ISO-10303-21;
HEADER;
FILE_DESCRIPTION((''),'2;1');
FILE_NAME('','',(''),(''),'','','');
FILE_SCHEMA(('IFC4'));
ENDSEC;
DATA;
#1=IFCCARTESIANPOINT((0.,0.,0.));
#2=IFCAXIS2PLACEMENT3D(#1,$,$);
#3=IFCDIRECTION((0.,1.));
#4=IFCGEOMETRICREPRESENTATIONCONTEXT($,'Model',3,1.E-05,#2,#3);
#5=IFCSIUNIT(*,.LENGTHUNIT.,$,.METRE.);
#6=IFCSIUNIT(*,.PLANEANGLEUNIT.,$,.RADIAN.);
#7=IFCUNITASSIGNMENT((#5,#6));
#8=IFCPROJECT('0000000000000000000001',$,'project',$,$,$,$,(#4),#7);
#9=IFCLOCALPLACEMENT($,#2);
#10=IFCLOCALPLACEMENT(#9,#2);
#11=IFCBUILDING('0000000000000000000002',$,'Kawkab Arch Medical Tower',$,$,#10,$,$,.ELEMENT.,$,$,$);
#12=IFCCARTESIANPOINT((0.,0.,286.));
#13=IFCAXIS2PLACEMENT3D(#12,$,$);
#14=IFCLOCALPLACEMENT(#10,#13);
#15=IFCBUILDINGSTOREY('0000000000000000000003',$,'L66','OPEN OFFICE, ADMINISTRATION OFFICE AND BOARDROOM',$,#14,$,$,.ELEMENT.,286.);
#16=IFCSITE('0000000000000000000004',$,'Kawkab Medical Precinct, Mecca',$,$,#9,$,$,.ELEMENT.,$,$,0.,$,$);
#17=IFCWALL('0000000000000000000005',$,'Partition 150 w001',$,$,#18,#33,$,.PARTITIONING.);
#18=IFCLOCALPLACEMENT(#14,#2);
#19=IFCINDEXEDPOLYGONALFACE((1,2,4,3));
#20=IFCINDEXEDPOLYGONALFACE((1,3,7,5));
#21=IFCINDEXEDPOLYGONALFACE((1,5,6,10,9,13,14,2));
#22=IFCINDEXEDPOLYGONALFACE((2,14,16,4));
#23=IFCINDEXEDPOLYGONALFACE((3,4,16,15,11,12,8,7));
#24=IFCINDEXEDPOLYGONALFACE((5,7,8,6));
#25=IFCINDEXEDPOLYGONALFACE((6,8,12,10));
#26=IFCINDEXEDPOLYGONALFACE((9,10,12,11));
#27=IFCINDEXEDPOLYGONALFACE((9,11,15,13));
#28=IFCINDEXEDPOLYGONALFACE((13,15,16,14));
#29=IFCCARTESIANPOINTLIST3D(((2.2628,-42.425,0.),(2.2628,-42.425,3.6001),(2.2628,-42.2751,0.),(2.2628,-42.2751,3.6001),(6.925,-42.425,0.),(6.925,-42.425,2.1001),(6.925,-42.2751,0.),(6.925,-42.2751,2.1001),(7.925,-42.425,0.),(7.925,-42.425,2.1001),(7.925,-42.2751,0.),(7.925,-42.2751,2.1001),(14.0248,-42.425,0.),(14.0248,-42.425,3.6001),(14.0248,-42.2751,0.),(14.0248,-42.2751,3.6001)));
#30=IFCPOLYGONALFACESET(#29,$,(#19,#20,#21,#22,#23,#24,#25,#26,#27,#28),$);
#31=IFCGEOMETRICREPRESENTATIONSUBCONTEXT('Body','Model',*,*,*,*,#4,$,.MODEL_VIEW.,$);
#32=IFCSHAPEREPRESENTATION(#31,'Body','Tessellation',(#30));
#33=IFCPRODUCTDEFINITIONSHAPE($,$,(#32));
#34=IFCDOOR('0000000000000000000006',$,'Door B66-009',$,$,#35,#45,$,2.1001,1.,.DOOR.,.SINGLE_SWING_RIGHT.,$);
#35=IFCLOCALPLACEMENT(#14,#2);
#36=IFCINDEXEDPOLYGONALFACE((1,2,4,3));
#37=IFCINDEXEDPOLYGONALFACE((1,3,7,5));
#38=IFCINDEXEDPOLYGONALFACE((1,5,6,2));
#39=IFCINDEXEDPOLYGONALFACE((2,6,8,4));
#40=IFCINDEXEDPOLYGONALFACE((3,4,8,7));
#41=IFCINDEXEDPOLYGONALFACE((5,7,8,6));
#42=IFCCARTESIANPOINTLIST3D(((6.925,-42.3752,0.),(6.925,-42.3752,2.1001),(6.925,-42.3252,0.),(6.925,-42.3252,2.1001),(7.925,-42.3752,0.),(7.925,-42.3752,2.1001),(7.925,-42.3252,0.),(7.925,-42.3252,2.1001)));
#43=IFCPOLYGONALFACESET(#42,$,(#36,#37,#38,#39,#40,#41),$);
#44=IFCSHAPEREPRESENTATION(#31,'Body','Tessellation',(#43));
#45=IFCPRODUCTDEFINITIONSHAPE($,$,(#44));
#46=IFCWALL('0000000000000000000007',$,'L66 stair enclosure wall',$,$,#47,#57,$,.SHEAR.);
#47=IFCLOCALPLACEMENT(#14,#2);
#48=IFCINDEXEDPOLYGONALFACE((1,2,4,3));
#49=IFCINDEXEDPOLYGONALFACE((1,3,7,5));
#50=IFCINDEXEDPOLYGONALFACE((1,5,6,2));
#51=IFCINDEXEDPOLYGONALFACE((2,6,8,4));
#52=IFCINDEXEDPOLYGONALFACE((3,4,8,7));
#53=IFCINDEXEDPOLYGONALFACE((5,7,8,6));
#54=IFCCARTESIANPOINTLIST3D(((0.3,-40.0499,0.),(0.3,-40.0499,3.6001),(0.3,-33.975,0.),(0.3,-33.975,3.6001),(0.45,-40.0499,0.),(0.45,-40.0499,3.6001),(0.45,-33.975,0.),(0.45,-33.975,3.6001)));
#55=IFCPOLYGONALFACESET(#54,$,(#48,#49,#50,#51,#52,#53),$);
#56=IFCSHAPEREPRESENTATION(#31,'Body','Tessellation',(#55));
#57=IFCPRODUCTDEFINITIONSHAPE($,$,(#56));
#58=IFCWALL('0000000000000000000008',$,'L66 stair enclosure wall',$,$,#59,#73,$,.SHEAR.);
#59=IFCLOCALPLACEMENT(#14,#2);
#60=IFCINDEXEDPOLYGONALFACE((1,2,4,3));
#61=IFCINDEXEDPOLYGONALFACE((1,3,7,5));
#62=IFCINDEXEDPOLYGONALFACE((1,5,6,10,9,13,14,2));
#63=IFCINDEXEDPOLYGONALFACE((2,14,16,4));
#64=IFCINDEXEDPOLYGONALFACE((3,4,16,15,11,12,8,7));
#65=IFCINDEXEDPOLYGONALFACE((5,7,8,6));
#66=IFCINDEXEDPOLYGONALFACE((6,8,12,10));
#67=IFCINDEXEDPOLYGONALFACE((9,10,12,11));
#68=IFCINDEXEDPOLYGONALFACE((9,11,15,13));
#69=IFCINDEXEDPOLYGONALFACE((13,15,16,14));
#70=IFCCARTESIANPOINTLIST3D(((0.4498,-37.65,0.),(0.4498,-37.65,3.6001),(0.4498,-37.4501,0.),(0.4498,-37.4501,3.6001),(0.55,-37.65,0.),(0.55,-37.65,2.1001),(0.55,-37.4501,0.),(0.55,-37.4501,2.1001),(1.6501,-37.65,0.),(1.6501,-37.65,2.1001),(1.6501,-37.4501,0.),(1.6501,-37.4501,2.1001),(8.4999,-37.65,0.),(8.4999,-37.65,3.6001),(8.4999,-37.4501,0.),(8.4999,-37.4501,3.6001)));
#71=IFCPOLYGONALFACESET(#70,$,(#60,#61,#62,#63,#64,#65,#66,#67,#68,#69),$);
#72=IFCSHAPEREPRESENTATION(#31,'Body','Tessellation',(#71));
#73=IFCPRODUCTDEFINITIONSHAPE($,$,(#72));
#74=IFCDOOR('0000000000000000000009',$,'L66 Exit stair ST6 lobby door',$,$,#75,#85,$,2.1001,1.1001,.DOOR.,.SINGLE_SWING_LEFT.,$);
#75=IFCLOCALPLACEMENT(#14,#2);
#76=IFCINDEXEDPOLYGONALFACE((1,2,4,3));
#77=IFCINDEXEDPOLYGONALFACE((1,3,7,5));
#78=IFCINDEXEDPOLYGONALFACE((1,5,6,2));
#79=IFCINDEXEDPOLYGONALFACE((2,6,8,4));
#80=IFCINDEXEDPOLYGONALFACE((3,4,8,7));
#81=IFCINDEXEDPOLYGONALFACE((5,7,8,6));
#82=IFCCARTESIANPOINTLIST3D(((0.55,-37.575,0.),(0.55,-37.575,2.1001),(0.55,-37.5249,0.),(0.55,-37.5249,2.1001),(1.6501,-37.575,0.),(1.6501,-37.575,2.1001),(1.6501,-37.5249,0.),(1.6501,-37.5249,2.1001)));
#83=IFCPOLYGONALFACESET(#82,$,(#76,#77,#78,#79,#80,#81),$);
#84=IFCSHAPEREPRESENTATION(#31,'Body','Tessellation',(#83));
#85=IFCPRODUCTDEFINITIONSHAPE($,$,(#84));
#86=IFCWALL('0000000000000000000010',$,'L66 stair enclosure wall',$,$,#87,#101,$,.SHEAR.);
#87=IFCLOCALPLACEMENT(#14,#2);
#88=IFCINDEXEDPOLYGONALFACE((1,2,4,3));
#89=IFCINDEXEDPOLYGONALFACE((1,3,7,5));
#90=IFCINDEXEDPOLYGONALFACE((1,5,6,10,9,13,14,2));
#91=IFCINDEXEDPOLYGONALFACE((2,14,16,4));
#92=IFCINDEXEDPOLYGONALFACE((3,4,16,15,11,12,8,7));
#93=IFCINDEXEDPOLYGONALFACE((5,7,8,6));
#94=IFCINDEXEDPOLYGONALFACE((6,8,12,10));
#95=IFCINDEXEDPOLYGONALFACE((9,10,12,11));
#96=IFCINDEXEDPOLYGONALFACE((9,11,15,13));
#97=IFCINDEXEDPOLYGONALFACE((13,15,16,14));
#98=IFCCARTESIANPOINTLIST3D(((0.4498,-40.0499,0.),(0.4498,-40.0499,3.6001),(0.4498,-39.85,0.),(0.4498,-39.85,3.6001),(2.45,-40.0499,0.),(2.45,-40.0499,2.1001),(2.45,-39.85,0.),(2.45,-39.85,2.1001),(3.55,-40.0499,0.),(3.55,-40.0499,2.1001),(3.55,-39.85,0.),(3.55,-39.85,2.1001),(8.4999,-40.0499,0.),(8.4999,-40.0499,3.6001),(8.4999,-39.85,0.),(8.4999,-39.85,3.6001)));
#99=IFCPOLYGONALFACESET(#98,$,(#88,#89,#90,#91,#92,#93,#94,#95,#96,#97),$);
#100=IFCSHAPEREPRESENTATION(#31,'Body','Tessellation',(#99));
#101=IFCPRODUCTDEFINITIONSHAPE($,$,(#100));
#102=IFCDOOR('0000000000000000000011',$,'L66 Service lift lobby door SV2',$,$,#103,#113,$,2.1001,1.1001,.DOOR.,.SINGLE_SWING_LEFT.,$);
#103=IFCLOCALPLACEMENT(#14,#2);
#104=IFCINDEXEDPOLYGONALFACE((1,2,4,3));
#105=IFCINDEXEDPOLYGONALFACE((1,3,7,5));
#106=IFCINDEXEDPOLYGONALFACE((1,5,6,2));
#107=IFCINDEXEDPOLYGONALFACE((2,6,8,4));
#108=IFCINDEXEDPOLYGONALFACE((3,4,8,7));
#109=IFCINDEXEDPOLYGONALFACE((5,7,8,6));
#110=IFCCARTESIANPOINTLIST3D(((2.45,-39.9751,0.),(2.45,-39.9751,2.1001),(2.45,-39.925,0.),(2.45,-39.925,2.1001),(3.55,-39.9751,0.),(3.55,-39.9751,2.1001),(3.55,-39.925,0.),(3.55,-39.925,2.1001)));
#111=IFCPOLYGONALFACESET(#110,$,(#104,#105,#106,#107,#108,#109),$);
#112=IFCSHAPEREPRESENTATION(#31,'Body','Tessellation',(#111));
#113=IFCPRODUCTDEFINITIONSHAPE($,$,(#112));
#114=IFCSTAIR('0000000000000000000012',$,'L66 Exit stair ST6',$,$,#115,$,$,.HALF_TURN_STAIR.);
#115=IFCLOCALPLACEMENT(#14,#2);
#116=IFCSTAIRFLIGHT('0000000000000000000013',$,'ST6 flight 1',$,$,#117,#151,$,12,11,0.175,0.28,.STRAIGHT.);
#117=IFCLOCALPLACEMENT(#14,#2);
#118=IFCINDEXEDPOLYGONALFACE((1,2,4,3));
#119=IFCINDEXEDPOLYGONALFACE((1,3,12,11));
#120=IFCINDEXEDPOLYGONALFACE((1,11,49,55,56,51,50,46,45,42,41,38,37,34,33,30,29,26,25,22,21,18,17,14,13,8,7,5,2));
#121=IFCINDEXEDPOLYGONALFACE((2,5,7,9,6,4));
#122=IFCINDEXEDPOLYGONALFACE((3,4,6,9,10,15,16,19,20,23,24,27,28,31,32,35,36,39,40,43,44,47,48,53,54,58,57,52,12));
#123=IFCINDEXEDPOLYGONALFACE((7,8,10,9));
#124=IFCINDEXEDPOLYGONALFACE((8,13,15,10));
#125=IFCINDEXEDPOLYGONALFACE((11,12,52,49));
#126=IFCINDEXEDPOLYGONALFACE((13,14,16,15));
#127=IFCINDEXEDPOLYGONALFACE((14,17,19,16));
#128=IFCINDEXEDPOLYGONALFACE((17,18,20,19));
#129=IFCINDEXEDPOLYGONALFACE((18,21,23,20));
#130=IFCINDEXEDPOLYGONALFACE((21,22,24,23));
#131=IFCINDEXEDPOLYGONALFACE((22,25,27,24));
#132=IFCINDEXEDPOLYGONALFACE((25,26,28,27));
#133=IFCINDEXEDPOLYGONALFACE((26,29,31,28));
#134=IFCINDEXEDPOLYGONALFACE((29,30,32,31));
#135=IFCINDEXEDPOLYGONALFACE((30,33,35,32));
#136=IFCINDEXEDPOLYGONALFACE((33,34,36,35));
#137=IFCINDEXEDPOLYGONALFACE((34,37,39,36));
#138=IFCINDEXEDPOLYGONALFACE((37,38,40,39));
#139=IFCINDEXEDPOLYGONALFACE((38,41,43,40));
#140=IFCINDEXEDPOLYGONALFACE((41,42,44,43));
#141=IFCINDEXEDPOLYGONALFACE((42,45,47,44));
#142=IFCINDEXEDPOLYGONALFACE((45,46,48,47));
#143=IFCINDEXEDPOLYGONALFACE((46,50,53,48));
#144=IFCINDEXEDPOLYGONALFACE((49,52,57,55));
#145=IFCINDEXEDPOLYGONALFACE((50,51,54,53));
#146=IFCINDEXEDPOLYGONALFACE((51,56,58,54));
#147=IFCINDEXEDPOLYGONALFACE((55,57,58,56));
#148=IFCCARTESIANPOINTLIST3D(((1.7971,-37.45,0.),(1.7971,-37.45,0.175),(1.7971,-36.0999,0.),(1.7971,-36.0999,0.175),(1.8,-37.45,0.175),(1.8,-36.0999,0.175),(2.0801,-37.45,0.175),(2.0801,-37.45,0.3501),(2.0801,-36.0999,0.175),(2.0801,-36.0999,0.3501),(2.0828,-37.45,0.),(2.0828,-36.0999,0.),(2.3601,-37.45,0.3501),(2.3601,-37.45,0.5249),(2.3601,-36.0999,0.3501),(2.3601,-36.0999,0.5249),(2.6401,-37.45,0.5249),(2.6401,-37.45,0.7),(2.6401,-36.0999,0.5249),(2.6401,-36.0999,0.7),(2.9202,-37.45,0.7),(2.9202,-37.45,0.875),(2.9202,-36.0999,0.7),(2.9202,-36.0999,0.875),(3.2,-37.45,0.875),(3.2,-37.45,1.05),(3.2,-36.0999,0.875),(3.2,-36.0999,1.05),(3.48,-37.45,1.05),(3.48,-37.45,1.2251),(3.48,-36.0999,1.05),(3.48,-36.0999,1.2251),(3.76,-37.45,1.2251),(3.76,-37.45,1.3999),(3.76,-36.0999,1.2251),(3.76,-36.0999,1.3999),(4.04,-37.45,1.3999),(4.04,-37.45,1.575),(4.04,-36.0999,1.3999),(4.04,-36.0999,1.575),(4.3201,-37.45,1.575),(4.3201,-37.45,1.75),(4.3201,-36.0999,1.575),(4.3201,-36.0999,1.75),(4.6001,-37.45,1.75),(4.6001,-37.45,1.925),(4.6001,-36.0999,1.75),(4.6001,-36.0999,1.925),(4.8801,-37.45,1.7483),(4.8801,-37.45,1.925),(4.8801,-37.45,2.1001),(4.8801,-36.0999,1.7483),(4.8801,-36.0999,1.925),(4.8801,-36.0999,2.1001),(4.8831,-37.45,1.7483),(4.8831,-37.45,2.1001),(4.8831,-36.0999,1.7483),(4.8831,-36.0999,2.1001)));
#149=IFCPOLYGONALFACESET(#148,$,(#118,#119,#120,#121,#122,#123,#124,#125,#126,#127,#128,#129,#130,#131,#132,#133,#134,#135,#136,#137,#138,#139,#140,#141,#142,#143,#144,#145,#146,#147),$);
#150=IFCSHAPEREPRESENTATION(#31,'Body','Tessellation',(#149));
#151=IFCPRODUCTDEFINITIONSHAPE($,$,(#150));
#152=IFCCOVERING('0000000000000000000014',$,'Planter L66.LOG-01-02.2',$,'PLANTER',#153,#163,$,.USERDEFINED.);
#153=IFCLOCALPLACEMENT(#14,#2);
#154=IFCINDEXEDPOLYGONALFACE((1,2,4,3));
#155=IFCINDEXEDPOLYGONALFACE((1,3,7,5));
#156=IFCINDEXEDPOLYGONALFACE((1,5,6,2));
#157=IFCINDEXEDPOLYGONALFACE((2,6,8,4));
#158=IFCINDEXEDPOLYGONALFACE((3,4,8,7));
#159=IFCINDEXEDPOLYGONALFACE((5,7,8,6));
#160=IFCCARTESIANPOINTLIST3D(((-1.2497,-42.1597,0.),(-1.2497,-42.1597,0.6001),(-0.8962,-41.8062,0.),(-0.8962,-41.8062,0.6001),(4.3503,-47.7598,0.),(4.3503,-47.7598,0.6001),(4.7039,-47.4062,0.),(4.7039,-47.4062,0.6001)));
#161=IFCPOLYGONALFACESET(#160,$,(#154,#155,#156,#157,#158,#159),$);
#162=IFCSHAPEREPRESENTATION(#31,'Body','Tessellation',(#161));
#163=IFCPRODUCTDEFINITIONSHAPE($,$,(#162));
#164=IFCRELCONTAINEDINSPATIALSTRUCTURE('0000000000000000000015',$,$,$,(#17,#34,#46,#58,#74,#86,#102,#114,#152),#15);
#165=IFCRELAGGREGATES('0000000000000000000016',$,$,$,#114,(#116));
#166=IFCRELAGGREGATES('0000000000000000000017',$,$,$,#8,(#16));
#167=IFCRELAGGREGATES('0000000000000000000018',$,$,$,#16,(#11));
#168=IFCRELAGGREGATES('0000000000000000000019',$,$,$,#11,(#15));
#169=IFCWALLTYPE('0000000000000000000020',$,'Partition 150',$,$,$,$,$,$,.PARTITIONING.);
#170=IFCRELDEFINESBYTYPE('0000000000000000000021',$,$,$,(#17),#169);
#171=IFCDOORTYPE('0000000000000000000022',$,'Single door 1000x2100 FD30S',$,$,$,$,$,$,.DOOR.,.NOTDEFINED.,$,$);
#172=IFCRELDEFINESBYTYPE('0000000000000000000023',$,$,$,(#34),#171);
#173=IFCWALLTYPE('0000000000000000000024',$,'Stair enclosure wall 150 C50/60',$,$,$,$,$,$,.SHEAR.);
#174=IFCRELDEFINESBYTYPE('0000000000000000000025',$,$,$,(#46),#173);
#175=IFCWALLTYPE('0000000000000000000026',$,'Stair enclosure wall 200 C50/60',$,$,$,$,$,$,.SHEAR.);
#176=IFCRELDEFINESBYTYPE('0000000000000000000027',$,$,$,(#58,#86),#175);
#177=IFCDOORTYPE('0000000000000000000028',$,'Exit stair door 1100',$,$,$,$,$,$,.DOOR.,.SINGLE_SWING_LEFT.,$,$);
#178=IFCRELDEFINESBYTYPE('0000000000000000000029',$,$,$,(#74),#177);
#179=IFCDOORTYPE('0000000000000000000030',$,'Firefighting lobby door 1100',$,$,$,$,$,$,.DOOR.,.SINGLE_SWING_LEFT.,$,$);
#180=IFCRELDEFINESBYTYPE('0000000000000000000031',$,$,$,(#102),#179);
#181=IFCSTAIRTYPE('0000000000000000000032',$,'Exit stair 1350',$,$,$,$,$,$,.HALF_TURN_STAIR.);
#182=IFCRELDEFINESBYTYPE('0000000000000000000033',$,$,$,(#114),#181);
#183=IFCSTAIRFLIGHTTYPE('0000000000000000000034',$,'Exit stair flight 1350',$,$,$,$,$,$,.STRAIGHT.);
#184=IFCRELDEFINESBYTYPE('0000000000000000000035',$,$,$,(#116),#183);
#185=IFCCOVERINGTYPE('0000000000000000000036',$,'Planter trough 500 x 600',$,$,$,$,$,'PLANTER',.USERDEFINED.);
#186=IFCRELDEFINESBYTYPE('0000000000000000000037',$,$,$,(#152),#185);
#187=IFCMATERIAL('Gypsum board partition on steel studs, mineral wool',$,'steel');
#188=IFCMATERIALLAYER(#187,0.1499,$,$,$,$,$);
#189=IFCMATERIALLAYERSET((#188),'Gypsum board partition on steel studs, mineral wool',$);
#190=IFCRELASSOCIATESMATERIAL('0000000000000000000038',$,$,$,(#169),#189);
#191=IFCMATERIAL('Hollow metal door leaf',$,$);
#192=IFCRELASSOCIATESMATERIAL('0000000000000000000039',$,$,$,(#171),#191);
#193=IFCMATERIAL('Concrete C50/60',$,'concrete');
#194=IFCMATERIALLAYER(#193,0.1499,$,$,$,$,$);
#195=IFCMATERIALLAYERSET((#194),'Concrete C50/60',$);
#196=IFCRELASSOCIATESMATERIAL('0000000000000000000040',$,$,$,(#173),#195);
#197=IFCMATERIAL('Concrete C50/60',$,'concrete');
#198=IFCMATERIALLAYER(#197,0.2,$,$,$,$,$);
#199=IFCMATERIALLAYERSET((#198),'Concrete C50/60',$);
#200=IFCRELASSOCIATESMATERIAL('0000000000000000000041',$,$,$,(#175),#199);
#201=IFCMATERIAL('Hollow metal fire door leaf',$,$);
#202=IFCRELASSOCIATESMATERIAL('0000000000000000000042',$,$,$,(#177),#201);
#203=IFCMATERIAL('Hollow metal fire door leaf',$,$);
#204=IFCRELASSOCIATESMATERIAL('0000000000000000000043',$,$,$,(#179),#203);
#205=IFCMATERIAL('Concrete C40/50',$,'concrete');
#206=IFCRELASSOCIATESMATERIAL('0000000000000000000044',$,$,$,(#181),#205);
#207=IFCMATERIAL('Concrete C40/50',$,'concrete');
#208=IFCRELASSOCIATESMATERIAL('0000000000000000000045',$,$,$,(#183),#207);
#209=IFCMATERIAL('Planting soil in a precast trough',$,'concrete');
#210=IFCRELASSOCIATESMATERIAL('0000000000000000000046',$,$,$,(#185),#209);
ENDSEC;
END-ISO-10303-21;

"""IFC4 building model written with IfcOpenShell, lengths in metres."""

from ifc_helpers import new_model, si_unit, direction, frame, frame_2d, origin, origin_2d, place, context, subcontext, project, spatial, polyline, rectangle, outline, extrude, material, layer, layer_set, material_profile, profile_set, type_object, element, fill, aggregate, save


model = new_model("IFC4")

# Units and contexts
model_context = context("Model", 3, precision=1e-05, world=origin(), true_north=direction((0.0, 1.0)))
body_context = subcontext(model_context, "Body", "Model", "MODEL_VIEW")
ifc_project = project(units=[si_unit("LENGTHUNIT", "METRE"), si_unit("PLANEANGLEUNIT", "RADIAN")], contexts=[model_context])

# Site, building, storey
site_placement = place(None, origin())
site = spatial("IfcSite", under=ifc_project, at=site_placement, Name="Kawkab Medical Precinct, Mecca", CompositionType="ELEMENT", RefElevation=0.0)
building_placement = place(site_placement, origin())
building = spatial("IfcBuilding", under=site, at=building_placement, Name="Kawkab Arch Medical Tower", CompositionType="ELEMENT")
storey_placement = place(building_placement, frame((0.0, 0.0, 286.0)))
storey = spatial("IfcBuildingStorey", under=building, at=storey_placement, Name="L66", Description="OPEN OFFICE, ADMINISTRATION OFFICE AND BOARDROOM", CompositionType="ELEMENT", Elevation=286.0)

# Shared definitions
placement = place(storey_placement, origin())

# Wall, opening, door
ifc_material_1 = material(Name="Gypsum board partition on steel studs, mineral wool", Category="steel")
ifc_layer_1 = layer(ifc_material_1, 0.1499)
ifc_layer_set_1 = layer_set([ifc_layer_1], Name="Gypsum board partition on steel studs, mineral wool")
wall_type_1 = type_object("IfcWallType", Name="Partition 150", PredefinedType="PARTITIONING", material=ifc_layer_set_1)
wall_1_placement = place(storey_placement, frame((2.2629, -42.3501, 0.0), z_axis=(0.0, 0.0, 1.0), x_axis=(1.0, 0.0, 0.0)))
wall_1 = element("IfcWall", 1, at=wall_1_placement, inside=storey, type_object=wall_type_1, Name="Partition 150 w001", PredefinedType="PARTITIONING", context=body_context, shape_type="SweptSolid", body=[
    extrude(rectangle(XDim=11.762, YDim=0.1499, at=frame_2d((5.8809, 0.0))), origin(), (0.0, 0.0, 1.0), 3.6001),
])
opening_1_placement = place(wall_1_placement, frame((4.6621, 0.0, 0.0)))
opening_1 = element("IfcOpeningElement", 2, at=opening_1_placement, cuts=wall_1, PredefinedType="OPENING", context=body_context, shape_type="SweptSolid", body=[
    extrude(rectangle(XDim=1.0, YDim=2.1001, at=frame_2d((0.5, 1.05))), frame((0.0, 0.085, 0.0), z_axis=(0.0, -1.0, 0.0), x_axis=(1.0, 0.0, 0.0)), (0.0, 0.0, 1.0), 0.1699),
])
ifc_material_2 = material(Name="Hollow metal door leaf")
door_type_1 = type_object("IfcDoorType", Name="Single door 1000x2100 FD30S", OperationType="NOTDEFINED", PredefinedType="DOOR", material=ifc_material_2)
door_1_placement = place(opening_1_placement, origin())
door_1 = element("IfcDoor", 3, at=door_1_placement, inside=storey, type_object=door_type_1, Name="Door B66-009", OperationType="SINGLE_SWING_RIGHT", OverallHeight=2.1001, OverallWidth=1.0, PredefinedType="DOOR", context=body_context, shape_type="SweptSolid", body=[
    extrude(rectangle(XDim=1.0, YDim=2.1001, at=frame_2d((0.5, 1.05))), frame((0.0, 0.0249, 0.0), z_axis=(0.0, -1.0, 0.0), x_axis=(1.0, 0.0, 0.0)), (0.0, 0.0, 1.0), 0.05),
])
fill(opening_1, door_1)

# Wall
ifc_material_3 = material(Name="Concrete C50/60", Category="concrete")
ifc_layer_2 = layer(ifc_material_3, 0.1499)
ifc_layer_set_2 = layer_set([ifc_layer_2], Name="Concrete C50/60")
wall_type_2 = type_object("IfcWallType", Name="Stair enclosure wall 150 C50/60", PredefinedType="SHEAR", material=ifc_layer_set_2)
wall_2_placement = place(storey_placement, frame((0.375, -40.05, 0.0), z_axis=(0.0, 0.0, 1.0), x_axis=(0.0, 1.0, 0.0)))
element("IfcWall", 4, at=wall_2_placement, inside=storey, type_object=wall_type_2, Name="L66 stair enclosure wall", PredefinedType="SHEAR", context=body_context, shape_type="SweptSolid", body=[
    extrude(rectangle(XDim=6.075, YDim=0.1499, at=frame_2d((3.0376, 0.0))), origin(), (0.0, 0.0, 1.0), 3.6001),
])

# Walls, openings, doors
ifc_material_4 = material(Name="Concrete C50/60", Category="concrete")
ifc_layer_3 = layer(ifc_material_4, 0.2)
ifc_layer_set_3 = layer_set([ifc_layer_3], Name="Concrete C50/60")
wall_type_3 = type_object("IfcWallType", Name="Stair enclosure wall 200 C50/60", PredefinedType="SHEAR", material=ifc_layer_set_3)
wall_3_placement = place(storey_placement, frame((0.45, -37.55, 0.0), z_axis=(0.0, 0.0, 1.0), x_axis=(1.0, 0.0, 0.0)))
wall_3 = element("IfcWall", 5, at=wall_3_placement, inside=storey, type_object=wall_type_3, Name="L66 stair enclosure wall", PredefinedType="SHEAR", context=body_context, shape_type="SweptSolid", body=[
    extrude(rectangle(XDim=8.05, YDim=0.2, at=frame_2d((4.0249, 0.0))), origin(), (0.0, 0.0, 1.0), 3.6001),
])
opening_2_placement = place(wall_3_placement, frame((0.1001, 0.0, 0.0)))
opening_2 = element("IfcOpeningElement", 6, at=opening_2_placement, cuts=wall_3, PredefinedType="OPENING", context=body_context, shape_type="SweptSolid", body=[
    extrude(rectangle(XDim=1.1001, YDim=2.1001, at=frame_2d((0.55, 1.05))), frame((0.0, 0.1099, 0.0), z_axis=(0.0, -1.0, 0.0), x_axis=(1.0, 0.0, 0.0)), (0.0, 0.0, 1.0), 0.22),
])
ifc_material_5 = material(Name="Hollow metal fire door leaf")
door_type_2 = type_object("IfcDoorType", Name="Exit stair door 1100", OperationType="SINGLE_SWING_LEFT", PredefinedType="DOOR", material=ifc_material_5)
door_2_placement = place(opening_2_placement, frame((1.1001, 0.0, 0.0), z_axis=(0.0, 0.0, 1.0), x_axis=(-1.0, 0.0, 0.0)))
door_2 = element("IfcDoor", 7, at=door_2_placement, inside=storey, type_object=door_type_2, Name="L66 Exit stair ST6 lobby door", OperationType="SINGLE_SWING_LEFT", OverallHeight=2.1001, OverallWidth=1.1001, PredefinedType="DOOR", context=body_context, shape_type="SweptSolid", body=[
    extrude(rectangle(XDim=1.1001, YDim=2.1001, at=frame_2d((0.55, 1.05))), frame((0.0, 0.0249, 0.0), z_axis=(0.0, -1.0, 0.0), x_axis=(1.0, 0.0, 0.0)), (0.0, 0.0, 1.0), 0.05),
])
fill(opening_2, door_2)
wall_4_placement = place(storey_placement, frame((0.45, -39.95, 0.0), z_axis=(0.0, 0.0, 1.0), x_axis=(1.0, 0.0, 0.0)))
wall_4 = element("IfcWall", 8, at=wall_4_placement, inside=storey, type_object=wall_type_3, Name="L66 stair enclosure wall", PredefinedType="SHEAR", context=body_context, shape_type="SweptSolid", body=[
    extrude(rectangle(XDim=8.05, YDim=0.2, at=frame_2d((4.0249, 0.0))), origin(), (0.0, 0.0, 1.0), 3.6001),
])
opening_3_placement = place(wall_4_placement, frame((2.0, 0.0, 0.0)))
opening_3 = element("IfcOpeningElement", 9, at=opening_3_placement, cuts=wall_4, PredefinedType="OPENING", context=body_context, shape_type="SweptSolid", body=[
    extrude(rectangle(XDim=1.1001, YDim=2.1001, at=frame_2d((0.55, 1.05))), frame((0.0, 0.1099, 0.0), z_axis=(0.0, -1.0, 0.0), x_axis=(1.0, 0.0, 0.0)), (0.0, 0.0, 1.0), 0.22),
])
ifc_material_6 = material(Name="Hollow metal fire door leaf")
door_type_3 = type_object("IfcDoorType", Name="Firefighting lobby door 1100", OperationType="SINGLE_SWING_LEFT", PredefinedType="DOOR", material=ifc_material_6)
door_3_placement = place(opening_3_placement, origin())
door_3 = element("IfcDoor", 10, at=door_3_placement, inside=storey, type_object=door_type_3, Name="L66 Service lift lobby door SV2", OperationType="SINGLE_SWING_LEFT", OverallHeight=2.1001, OverallWidth=1.1001, PredefinedType="DOOR", context=body_context, shape_type="SweptSolid", body=[
    extrude(rectangle(XDim=1.1001, YDim=2.1001, at=frame_2d((0.55, 1.05))), frame((0.0, 0.0249, 0.0), z_axis=(0.0, -1.0, 0.0), x_axis=(1.0, 0.0, 0.0)), (0.0, 0.0, 1.0), 0.05),
])
fill(opening_3, door_3)

# Stair, stair flight
ifc_material_7 = material(Name="Concrete C40/50", Category="concrete")
stair_type = type_object("IfcStairType", Name="Exit stair 1350", PredefinedType="HALF_TURN_STAIR", material=ifc_material_7)
stair = element("IfcStair", 11, at=placement, inside=storey, type_object=stair_type, Name="L66 Exit stair ST6", PredefinedType="HALF_TURN_STAIR")
ifc_material_8 = material(Name="Concrete C40/50", Category="concrete")
stair_flight_type = type_object("IfcStairFlightType", Name="Exit stair flight 1350", PredefinedType="STRAIGHT", material=ifc_material_8)
stair_flight_placement = place(storey_placement, frame((1.8, -36.7749, 0.0), z_axis=(0.0, 0.0, 1.0), x_axis=(1.0, 0.0, 0.0)))
stair_flight = element("IfcStairFlight", 12, at=stair_flight_placement, type_object=stair_flight_type, Name="ST6 flight 1", NumberOfRisers=12, NumberOfTreads=11, PredefinedType="STRAIGHT", RiserHeight=0.175, TreadLength=0.28, context=body_context, shape_type="SweptSolid", body=[
    extrude(outline(polyline([(-0.0029, 0.0), (-0.0029, 0.175), (0.0, 0.175), (0.28, 0.175), (0.28, 0.3501), (0.5601, 0.3501), (0.5601, 0.5249), (0.8401, 0.5249), (0.8401, 0.7), (1.1201, 0.7), (1.1201, 0.875), (1.3999, 0.875), (1.3999, 1.05), (1.6799, 1.05), (1.6799, 1.2251), (1.96, 1.2251), (1.96, 1.3999), (2.24, 1.3999), (2.24, 1.575), (2.52, 1.575), (2.52, 1.75), (2.8, 1.75), (2.8, 1.925), (3.0801, 1.925), (3.0801, 2.1001), (3.083, 2.1001), (3.083, 1.7483), (3.0801, 1.7483), (0.2827, 0.0), (-0.0029, 0.0)])), frame((0.0, 0.675, 0.0), z_axis=(0.0, -1.0, 0.0), x_axis=(1.0, 0.0, 0.0)), (0.0, 0.0, 1.0), 1.3501),
])
aggregate(stair, [stair_flight])

# Covering
ifc_material_9 = material(Name="Planting soil in a precast trough", Category="concrete")
ifc_material_profile_1 = material_profile(ifc_material_9, rectangle(XDim=0.5, YDim=0.6001, at=origin_2d()), Name="Trough 500x600")
ifc_profile_set_1 = profile_set([ifc_material_profile_1], Name="Planting soil in a precast trough")
covering_type = type_object("IfcCoveringType", Name="Planter trough 500 x 600", ElementType="PLANTER", PredefinedType="USERDEFINED", material=ifc_profile_set_1)
covering_1_placement = place(storey_placement, frame((4.5271, -47.583, 0.3), z_axis=(-0.707107, 0.707107, 0.0), x_axis=(-0.707107, -0.707107, 0.0)))
element("IfcCovering", 13, at=covering_1_placement, inside=storey, type_object=covering_type, Name="Planter L66.LOG-01-02.2", ObjectType="PLANTER", PredefinedType="USERDEFINED", context=body_context, shape_type="SweptSolid", body=[
    extrude(rectangle(XDim=0.5, YDim=0.6001, at=origin_2d()), origin(), (0.0, 0.0, 1.0), 7.9197),
])

save(model, "model.ifc")
